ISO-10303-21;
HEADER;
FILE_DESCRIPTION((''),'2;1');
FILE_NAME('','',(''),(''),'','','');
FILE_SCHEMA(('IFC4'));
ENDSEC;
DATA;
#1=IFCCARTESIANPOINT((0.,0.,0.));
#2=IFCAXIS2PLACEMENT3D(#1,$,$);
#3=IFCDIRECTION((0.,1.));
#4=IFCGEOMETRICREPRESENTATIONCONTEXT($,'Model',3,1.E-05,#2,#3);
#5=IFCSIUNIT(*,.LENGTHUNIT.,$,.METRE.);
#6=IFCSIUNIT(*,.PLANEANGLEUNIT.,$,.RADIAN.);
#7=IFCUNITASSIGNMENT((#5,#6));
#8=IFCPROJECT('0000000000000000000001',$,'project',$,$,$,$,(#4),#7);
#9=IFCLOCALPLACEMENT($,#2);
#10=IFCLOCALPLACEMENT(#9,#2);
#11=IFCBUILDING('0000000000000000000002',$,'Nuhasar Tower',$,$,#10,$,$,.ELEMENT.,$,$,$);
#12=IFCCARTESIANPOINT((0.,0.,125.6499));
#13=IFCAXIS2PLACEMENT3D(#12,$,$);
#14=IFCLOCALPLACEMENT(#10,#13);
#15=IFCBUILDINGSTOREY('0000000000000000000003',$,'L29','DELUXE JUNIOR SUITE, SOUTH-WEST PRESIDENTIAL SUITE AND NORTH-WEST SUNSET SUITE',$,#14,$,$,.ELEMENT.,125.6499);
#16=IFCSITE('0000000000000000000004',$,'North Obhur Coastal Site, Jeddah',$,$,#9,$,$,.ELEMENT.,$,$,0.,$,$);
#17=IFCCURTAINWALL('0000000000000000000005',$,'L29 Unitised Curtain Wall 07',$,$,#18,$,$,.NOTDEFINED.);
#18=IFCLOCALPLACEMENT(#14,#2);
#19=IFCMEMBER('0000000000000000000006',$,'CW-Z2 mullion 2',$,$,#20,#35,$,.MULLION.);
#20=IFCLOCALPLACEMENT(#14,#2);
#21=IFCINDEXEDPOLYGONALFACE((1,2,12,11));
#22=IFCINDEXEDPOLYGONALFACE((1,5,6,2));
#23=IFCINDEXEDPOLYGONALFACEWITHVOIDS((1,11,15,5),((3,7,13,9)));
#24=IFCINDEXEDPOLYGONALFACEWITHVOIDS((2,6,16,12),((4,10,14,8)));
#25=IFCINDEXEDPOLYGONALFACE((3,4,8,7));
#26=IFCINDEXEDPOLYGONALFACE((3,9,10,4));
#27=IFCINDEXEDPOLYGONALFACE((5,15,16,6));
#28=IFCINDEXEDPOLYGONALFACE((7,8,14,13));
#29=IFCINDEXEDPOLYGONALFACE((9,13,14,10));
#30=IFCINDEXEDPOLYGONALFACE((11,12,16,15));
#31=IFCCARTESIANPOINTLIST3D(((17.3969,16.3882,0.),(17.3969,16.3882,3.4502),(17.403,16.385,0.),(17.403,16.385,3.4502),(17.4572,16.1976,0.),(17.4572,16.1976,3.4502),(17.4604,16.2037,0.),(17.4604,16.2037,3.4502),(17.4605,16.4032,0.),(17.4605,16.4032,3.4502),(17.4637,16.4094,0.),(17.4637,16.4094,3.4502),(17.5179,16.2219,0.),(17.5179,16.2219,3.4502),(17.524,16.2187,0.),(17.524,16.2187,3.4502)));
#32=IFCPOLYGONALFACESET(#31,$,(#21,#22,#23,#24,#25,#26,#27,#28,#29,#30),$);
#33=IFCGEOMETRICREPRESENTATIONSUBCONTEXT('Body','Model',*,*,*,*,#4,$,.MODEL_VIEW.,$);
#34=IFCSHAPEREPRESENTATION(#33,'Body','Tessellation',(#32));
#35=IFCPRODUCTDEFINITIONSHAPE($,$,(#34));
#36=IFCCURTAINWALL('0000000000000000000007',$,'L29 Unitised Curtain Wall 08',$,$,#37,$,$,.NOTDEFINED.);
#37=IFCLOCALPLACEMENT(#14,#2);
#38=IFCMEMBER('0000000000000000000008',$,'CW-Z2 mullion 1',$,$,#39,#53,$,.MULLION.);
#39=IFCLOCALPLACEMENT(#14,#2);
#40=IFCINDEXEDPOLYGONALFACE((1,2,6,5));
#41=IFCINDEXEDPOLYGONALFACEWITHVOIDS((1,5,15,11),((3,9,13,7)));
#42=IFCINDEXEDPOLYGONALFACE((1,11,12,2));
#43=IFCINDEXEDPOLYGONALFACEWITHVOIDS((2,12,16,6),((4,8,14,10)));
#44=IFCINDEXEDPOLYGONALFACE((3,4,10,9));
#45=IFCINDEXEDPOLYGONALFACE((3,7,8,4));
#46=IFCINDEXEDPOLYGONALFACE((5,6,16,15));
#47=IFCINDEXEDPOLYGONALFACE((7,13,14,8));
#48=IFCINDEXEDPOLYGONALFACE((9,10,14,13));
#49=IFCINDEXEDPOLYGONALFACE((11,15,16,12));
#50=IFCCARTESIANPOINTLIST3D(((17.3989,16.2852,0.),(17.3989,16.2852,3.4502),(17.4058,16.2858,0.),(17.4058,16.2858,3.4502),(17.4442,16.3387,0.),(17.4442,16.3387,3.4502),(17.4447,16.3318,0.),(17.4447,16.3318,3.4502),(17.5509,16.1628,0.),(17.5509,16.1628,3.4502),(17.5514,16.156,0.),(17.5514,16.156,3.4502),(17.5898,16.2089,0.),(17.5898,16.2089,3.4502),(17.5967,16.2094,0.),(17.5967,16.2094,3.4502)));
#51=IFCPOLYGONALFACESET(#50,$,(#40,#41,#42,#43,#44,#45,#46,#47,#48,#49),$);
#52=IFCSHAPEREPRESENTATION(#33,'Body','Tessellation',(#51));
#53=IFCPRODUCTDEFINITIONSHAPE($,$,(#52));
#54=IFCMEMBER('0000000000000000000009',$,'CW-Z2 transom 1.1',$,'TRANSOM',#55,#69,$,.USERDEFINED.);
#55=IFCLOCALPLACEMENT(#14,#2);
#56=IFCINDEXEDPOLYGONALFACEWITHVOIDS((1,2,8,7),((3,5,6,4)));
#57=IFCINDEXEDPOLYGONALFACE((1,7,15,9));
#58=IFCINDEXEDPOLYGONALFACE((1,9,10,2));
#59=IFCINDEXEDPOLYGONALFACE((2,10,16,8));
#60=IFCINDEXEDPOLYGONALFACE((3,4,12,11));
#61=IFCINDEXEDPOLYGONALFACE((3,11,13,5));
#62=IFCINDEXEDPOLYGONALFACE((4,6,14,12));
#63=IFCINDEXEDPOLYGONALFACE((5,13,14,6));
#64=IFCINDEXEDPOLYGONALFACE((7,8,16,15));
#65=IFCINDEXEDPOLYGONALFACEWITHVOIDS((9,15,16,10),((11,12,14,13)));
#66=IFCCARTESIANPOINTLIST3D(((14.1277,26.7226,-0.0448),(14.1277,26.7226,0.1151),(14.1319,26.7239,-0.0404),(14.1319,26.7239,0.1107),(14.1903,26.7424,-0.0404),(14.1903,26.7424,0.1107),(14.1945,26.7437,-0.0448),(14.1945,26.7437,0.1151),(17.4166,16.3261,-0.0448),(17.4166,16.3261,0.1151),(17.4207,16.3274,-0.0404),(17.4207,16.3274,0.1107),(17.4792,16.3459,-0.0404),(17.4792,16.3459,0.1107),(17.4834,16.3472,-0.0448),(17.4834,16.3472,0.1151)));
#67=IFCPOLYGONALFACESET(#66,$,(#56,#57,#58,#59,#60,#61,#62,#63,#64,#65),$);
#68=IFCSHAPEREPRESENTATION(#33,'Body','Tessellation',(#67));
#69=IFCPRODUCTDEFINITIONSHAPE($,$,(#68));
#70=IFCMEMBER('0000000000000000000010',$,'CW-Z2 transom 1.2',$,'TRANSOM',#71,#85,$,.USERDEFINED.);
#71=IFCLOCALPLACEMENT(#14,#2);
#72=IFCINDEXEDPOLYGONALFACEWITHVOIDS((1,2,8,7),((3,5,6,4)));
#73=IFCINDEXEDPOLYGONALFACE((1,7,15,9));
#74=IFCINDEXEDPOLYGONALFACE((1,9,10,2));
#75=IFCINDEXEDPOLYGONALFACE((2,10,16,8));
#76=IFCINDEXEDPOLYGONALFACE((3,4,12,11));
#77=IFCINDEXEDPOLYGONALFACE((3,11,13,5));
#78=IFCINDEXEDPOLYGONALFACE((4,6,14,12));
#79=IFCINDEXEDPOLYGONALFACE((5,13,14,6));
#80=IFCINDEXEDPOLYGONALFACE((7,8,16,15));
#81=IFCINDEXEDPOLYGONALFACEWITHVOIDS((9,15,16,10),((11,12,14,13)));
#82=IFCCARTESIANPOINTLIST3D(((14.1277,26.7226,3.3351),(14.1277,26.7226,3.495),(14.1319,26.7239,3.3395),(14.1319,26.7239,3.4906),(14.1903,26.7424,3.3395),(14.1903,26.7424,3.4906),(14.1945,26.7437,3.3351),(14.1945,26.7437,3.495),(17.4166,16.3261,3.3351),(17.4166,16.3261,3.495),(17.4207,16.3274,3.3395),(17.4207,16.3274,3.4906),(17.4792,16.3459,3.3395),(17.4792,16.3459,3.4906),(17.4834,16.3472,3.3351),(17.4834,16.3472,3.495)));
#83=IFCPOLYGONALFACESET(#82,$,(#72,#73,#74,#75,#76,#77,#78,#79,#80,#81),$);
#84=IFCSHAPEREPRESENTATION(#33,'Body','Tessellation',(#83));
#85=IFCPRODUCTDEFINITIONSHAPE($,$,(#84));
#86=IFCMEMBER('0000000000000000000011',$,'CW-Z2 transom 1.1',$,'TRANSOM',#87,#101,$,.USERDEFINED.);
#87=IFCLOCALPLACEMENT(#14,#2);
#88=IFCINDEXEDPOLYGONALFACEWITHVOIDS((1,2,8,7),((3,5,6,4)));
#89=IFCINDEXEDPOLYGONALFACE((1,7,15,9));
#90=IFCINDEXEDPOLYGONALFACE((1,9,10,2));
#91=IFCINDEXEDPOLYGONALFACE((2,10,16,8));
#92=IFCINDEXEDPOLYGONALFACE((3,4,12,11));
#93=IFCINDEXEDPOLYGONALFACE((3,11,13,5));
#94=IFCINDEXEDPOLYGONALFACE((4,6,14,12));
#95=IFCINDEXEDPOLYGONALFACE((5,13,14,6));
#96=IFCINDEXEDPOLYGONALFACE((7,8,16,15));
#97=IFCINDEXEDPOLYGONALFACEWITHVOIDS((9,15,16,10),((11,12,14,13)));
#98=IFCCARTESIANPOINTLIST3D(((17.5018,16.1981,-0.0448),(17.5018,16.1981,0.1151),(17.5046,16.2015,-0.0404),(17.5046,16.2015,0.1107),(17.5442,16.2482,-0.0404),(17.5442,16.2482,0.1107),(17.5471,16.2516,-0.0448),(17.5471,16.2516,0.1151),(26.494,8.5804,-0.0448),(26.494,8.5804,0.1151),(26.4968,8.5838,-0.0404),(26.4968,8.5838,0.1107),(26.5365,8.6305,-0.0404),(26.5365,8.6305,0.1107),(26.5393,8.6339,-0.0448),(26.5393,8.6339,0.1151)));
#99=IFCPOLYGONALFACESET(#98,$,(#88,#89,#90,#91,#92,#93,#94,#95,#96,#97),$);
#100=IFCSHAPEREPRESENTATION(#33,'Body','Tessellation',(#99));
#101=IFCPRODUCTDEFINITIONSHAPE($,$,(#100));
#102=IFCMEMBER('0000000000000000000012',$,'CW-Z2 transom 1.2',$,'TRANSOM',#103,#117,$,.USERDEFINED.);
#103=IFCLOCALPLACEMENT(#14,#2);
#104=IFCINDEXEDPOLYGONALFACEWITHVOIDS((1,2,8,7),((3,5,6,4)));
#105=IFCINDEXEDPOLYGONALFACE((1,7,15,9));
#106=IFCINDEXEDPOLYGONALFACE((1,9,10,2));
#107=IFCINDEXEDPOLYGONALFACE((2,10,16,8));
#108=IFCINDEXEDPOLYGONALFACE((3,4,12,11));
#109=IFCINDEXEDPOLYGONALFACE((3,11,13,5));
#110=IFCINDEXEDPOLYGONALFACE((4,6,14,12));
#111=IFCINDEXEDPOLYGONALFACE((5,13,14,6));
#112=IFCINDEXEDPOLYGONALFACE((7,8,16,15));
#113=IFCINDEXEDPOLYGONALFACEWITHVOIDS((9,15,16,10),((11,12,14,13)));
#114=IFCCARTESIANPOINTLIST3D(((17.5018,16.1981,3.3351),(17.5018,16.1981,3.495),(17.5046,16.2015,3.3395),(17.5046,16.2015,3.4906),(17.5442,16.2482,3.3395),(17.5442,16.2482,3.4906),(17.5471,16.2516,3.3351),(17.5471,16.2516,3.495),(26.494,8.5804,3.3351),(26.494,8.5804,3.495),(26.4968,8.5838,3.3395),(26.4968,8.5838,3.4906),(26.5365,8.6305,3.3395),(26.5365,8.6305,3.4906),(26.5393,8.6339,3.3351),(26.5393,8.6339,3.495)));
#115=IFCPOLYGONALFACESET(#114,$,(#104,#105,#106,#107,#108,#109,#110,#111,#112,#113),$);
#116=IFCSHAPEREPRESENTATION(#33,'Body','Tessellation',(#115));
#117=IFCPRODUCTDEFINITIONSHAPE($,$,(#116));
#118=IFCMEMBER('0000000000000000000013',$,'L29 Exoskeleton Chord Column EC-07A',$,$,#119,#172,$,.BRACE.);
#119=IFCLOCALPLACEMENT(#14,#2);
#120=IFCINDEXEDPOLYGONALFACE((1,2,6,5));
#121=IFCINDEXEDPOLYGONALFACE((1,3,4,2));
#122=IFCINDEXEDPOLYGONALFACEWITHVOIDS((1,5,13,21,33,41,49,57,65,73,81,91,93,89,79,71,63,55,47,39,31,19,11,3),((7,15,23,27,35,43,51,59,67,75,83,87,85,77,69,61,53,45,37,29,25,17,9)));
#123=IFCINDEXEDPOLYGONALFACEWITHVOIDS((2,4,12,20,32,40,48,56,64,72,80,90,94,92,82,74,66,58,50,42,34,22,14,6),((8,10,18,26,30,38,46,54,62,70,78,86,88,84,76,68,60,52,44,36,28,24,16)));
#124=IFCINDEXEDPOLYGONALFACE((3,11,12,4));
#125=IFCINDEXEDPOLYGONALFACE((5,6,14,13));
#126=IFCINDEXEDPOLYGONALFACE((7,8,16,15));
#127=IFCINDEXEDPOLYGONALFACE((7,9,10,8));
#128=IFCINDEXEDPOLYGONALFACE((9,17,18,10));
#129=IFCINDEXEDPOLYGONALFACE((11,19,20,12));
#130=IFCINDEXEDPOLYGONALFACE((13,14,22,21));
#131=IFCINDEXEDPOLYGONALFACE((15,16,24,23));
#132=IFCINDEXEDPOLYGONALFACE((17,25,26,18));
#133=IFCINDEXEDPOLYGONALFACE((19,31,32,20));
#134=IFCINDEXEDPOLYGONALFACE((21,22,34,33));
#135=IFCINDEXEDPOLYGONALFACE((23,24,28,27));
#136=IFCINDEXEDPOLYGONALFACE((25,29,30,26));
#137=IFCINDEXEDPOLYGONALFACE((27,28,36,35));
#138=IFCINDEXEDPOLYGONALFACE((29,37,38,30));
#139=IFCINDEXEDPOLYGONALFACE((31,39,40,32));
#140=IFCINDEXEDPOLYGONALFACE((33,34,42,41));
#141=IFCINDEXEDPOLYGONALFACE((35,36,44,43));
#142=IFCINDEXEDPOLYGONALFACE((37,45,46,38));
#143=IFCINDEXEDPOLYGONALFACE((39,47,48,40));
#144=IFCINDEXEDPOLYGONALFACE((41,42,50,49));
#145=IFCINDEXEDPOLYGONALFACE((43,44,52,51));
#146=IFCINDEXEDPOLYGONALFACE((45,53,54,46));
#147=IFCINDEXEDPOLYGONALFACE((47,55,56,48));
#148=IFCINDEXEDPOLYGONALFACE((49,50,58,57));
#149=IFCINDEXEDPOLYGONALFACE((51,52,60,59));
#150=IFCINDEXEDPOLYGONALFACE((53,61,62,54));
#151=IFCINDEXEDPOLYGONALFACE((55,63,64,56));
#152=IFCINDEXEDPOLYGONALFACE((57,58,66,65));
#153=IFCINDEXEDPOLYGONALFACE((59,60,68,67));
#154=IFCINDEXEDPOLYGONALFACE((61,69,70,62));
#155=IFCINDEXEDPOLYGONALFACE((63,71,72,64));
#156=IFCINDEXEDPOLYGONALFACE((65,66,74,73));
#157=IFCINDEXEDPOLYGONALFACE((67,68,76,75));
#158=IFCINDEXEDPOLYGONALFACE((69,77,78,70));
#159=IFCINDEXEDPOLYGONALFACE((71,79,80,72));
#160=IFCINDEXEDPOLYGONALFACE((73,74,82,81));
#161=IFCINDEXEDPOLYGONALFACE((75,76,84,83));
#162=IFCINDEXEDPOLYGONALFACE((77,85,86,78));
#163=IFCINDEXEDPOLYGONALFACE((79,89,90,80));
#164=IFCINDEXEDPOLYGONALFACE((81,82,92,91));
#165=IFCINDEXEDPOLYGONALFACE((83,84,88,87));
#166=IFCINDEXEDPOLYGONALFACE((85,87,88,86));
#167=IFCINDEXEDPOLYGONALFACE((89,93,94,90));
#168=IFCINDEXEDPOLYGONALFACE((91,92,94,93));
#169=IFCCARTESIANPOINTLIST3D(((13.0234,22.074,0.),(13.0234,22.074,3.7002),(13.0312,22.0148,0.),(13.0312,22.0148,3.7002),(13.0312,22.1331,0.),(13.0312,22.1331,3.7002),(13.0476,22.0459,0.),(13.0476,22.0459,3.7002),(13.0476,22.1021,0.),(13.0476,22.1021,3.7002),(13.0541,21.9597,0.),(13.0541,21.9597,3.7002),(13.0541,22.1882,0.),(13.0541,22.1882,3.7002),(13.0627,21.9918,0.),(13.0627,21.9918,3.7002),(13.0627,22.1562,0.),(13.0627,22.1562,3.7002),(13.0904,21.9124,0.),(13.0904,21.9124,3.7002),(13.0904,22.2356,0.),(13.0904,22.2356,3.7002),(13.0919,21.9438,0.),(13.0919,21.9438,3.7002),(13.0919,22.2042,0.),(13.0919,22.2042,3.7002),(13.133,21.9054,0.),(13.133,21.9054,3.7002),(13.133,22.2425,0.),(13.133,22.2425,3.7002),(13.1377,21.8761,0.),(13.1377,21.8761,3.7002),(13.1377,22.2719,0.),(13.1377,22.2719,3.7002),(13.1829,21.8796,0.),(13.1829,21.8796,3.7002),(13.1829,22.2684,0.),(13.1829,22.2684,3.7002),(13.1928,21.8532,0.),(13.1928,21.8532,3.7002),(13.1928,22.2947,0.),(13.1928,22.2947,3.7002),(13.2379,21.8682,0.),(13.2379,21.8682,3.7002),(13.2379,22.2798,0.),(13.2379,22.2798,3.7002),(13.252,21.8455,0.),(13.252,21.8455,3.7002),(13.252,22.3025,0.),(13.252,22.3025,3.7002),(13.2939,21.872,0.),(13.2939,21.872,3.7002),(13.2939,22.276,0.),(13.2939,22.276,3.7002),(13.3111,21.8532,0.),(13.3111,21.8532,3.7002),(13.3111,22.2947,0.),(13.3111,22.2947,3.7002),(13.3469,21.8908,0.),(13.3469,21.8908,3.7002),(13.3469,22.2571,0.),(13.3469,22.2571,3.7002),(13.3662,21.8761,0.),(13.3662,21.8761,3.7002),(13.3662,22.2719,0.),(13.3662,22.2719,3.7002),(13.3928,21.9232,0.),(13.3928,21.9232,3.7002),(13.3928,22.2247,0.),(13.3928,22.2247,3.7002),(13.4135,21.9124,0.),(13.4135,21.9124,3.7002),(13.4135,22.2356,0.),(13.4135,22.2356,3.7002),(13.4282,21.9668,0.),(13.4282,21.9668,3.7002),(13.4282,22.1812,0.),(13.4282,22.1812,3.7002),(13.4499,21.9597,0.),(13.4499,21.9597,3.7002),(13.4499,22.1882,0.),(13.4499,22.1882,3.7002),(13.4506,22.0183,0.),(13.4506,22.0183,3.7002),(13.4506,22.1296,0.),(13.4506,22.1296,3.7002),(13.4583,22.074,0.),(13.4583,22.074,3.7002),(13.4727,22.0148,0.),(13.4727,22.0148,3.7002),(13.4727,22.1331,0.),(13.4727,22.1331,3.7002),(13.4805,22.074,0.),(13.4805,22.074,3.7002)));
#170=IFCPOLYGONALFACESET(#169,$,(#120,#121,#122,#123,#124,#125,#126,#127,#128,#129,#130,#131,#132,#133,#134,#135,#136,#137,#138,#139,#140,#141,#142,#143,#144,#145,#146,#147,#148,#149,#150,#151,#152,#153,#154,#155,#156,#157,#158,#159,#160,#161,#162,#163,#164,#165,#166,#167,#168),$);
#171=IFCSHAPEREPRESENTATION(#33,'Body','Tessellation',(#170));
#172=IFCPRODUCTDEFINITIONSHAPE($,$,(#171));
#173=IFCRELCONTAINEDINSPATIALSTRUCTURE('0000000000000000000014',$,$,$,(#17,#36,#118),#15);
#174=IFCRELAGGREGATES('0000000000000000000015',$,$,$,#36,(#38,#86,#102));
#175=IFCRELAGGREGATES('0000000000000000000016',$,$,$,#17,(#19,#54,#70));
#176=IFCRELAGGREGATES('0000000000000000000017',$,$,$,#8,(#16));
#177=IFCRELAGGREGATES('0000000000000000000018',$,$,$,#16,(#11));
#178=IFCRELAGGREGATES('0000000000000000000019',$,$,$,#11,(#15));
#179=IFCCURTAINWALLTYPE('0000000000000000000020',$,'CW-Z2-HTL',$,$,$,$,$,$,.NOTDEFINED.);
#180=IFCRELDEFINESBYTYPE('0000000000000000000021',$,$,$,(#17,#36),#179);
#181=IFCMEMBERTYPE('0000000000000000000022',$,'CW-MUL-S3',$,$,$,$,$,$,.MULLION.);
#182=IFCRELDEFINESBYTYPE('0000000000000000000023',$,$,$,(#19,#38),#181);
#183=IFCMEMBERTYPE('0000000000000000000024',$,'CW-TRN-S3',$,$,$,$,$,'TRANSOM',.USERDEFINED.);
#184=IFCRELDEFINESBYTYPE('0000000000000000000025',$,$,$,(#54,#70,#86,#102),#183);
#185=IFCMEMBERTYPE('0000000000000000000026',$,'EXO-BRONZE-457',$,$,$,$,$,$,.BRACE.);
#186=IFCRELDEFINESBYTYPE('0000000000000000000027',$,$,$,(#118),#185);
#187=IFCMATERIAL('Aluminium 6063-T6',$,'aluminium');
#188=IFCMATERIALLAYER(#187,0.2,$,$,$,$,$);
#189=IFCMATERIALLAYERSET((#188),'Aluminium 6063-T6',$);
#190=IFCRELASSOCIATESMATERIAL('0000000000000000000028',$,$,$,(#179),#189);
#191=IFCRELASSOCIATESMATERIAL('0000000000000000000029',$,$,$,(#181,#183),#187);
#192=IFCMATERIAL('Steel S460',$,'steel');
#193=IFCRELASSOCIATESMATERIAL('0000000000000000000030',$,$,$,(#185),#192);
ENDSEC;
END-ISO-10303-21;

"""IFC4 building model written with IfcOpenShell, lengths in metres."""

from ifc_helpers import new_model, si_unit, direction, frame, origin, origin_2d, place, context, subcontext, project, spatial, hollow_rectangle, hollow_circle, extrude, material, layer, layer_set, material_profile, profile_set, type_object, element, aggregate, save


model = new_model("IFC4")

# Units and contexts
model_context = context("Model", 3, precision=1e-05, world=origin(), true_north=direction((0.0, 1.0)))
body_context = subcontext(model_context, "Body", "Model", "MODEL_VIEW")
ifc_project = project(units=[si_unit("LENGTHUNIT", "METRE"), si_unit("PLANEANGLEUNIT", "RADIAN")], contexts=[model_context])

# Site, building, storey
site_placement = place(None, origin())
site = spatial("IfcSite", under=ifc_project, at=site_placement, Name="North Obhur Coastal Site, Jeddah", CompositionType="ELEMENT", RefElevation=0.0)
building_placement = place(site_placement, origin())
building = spatial("IfcBuilding", under=site, at=building_placement, Name="Nuhasar Tower", CompositionType="ELEMENT")
storey_placement = place(building_placement, frame((0.0, 0.0, 125.6499)))
storey = spatial("IfcBuildingStorey", under=building, at=storey_placement, Name="L29", Description="DELUXE JUNIOR SUITE, SOUTH-WEST PRESIDENTIAL SUITE AND NORTH-WEST SUNSET SUITE", CompositionType="ELEMENT", Elevation=125.6499)

# Curtain wall, member
ifc_material_1 = material(Name="Aluminium 6063-T6", Category="aluminium")
ifc_layer_1 = layer(ifc_material_1, 0.2)
ifc_layer_set_1 = layer_set([ifc_layer_1], Name="Aluminium 6063-T6")
curtain_wall_type = type_object("IfcCurtainWallType", Name="CW-Z2-HTL", PredefinedType="NOTDEFINED", material=ifc_layer_set_1)
curtain_wall_1_placement = place(storey_placement, origin())
curtain_wall_1 = element("IfcCurtainWall", 1, at=curtain_wall_1_placement, inside=storey, type_object=curtain_wall_type, Name="L29 Unitised Curtain Wall 07", PredefinedType="NOTDEFINED")
ifc_material_profile_1 = material_profile(ifc_material_1, hollow_rectangle(XDim=0.0701, YDim=0.2, WallThickness=0.0049, at=origin_2d()), Name="CWM-3")
ifc_profile_set_1 = profile_set([ifc_material_profile_1], Name="Aluminium 6063-T6")
member_type_1 = type_object("IfcMemberType", Name="CW-MUL-S3", PredefinedType="MULLION", material=ifc_profile_set_1)
member_1_placement = place(storey_placement, frame((17.4604, 16.3035, 0.0), z_axis=(0.0, 0.0, 1.0), x_axis=(0.953433, 0.301604, 0.0)))
member_1 = element("IfcMember", 2, at=member_1_placement, type_object=member_type_1, Name="CW-Z2 mullion 2", PredefinedType="MULLION", context=body_context, shape_type="SweptSolid", body=[
    extrude(hollow_rectangle(XDim=0.0701, YDim=0.2, WallThickness=0.0049, at=origin_2d()), origin(), (0.0, 0.0, 1.0), 3.4502),
])

# Curtain wall, member
curtain_wall_2_placement = place(storey_placement, origin())
curtain_wall_2 = element("IfcCurtainWall", 3, at=curtain_wall_2_placement, inside=storey, type_object=curtain_wall_type, Name="L29 Unitised Curtain Wall 08", PredefinedType="NOTDEFINED")
member_2_placement = place(storey_placement, frame((17.4978, 16.2473, 0.0), z_axis=(0.0, 0.0, 1.0), x_axis=(0.646374, 0.76302, 0.0)))
member_2 = element("IfcMember", 4, at=member_2_placement, type_object=member_type_1, Name="CW-Z2 mullion 1", PredefinedType="MULLION", context=body_context, shape_type="SweptSolid", body=[
    extrude(hollow_rectangle(XDim=0.0701, YDim=0.2, WallThickness=0.0049, at=origin_2d()), origin(), (0.0, 0.0, 1.0), 3.4502),
])

# Members
ifc_material_profile_2 = material_profile(ifc_material_1, hollow_rectangle(XDim=0.0701, YDim=0.1599, WallThickness=0.0044, at=origin_2d()), Name="CWT-3")
ifc_profile_set_2 = profile_set([ifc_material_profile_2], Name="Aluminium 6063-T6")
member_type_2 = type_object("IfcMemberType", Name="CW-TRN-S3", ElementType="TRANSOM", PredefinedType="USERDEFINED", material=ifc_profile_set_2)
member_3_placement = place(storey_placement, frame((14.1611, 26.7332, 0.0352), z_axis=(0.301608, -0.953432, 0.0), x_axis=(0.953432, 0.301608, 0.0)))
member_3 = element("IfcMember", 5, at=member_3_placement, type_object=member_type_2, Name="CW-Z2 transom 1.1", ObjectType="TRANSOM", PredefinedType="USERDEFINED", context=body_context, shape_type="SweptSolid", body=[
    extrude(hollow_rectangle(XDim=0.0701, YDim=0.1599, WallThickness=0.0044, at=origin_2d()), origin(), (0.0, 0.0, 1.0), 10.9043),
])
member_4_placement = place(storey_placement, frame((14.1611, 26.7332, 3.415), z_axis=(0.301608, -0.953432, 0.0), x_axis=(0.953432, 0.301608, 0.0)))
member_4 = element("IfcMember", 6, at=member_4_placement, type_object=member_type_2, Name="CW-Z2 transom 1.2", ObjectType="TRANSOM", PredefinedType="USERDEFINED", context=body_context, shape_type="SweptSolid", body=[
    extrude(hollow_rectangle(XDim=0.0701, YDim=0.1599, WallThickness=0.0044, at=origin_2d()), origin(), (0.0, 0.0, 1.0), 10.9043),
])
member_5_placement = place(storey_placement, frame((17.5244, 16.2249, 0.0352), z_axis=(0.763014, -0.646382, 0.0), x_axis=(0.646382, 0.763014, 0.0)))
member_5 = element("IfcMember", 7, at=member_5_placement, type_object=member_type_2, Name="CW-Z2 transom 1.1", ObjectType="TRANSOM", PredefinedType="USERDEFINED", context=body_context, shape_type="SweptSolid", body=[
    extrude(hollow_rectangle(XDim=0.0701, YDim=0.1599, WallThickness=0.0044, at=origin_2d()), origin(), (0.0, 0.0, 1.0), 11.7852),
])
member_6_placement = place(storey_placement, frame((17.5244, 16.2249, 3.415), z_axis=(0.763014, -0.646382, 0.0), x_axis=(0.646382, 0.763014, 0.0)))
member_6 = element("IfcMember", 8, at=member_6_placement, type_object=member_type_2, Name="CW-Z2 transom 1.2", ObjectType="TRANSOM", PredefinedType="USERDEFINED", context=body_context, shape_type="SweptSolid", body=[
    extrude(hollow_rectangle(XDim=0.0701, YDim=0.1599, WallThickness=0.0044, at=origin_2d()), origin(), (0.0, 0.0, 1.0), 11.7852),
])
aggregate(curtain_wall_2, [member_2, member_5, member_6])

# Member
ifc_material_2 = material(Name="Steel S460", Category="steel")
ifc_material_profile_3 = material_profile(ifc_material_2, hollow_circle(Radius=0.2285, WallThickness=0.0222, at=origin_2d()), Name="HSS457X22.2")
ifc_profile_set_3 = profile_set([ifc_material_profile_3], Name="Steel S460")
member_type_3 = type_object("IfcMemberType", Name="EXO-BRONZE-457", PredefinedType="BRACE", material=ifc_profile_set_3)
for number, where, z_axis, x_axis, name in (
    (9, (13.252, 22.074, 0.0), (0.0, 0.0, 1.0), (1.0, 0.0, 0.0), "L29 Exoskeleton Chord Column EC-07A"),
):
    element("IfcMember", number, at=place(storey_placement, frame(where, z_axis=z_axis, x_axis=x_axis)), inside=storey, type_object=member_type_3, Name=name, PredefinedType="BRACE", context=body_context, shape_type="SweptSolid", body=[
        extrude(hollow_circle(Radius=0.2285, WallThickness=0.0222, at=origin_2d()), origin(), (0.0, 0.0, 1.0), 3.7002),
    ])

aggregate(curtain_wall_1, [member_1, member_3, member_4])

save(model, "model.ifc")
